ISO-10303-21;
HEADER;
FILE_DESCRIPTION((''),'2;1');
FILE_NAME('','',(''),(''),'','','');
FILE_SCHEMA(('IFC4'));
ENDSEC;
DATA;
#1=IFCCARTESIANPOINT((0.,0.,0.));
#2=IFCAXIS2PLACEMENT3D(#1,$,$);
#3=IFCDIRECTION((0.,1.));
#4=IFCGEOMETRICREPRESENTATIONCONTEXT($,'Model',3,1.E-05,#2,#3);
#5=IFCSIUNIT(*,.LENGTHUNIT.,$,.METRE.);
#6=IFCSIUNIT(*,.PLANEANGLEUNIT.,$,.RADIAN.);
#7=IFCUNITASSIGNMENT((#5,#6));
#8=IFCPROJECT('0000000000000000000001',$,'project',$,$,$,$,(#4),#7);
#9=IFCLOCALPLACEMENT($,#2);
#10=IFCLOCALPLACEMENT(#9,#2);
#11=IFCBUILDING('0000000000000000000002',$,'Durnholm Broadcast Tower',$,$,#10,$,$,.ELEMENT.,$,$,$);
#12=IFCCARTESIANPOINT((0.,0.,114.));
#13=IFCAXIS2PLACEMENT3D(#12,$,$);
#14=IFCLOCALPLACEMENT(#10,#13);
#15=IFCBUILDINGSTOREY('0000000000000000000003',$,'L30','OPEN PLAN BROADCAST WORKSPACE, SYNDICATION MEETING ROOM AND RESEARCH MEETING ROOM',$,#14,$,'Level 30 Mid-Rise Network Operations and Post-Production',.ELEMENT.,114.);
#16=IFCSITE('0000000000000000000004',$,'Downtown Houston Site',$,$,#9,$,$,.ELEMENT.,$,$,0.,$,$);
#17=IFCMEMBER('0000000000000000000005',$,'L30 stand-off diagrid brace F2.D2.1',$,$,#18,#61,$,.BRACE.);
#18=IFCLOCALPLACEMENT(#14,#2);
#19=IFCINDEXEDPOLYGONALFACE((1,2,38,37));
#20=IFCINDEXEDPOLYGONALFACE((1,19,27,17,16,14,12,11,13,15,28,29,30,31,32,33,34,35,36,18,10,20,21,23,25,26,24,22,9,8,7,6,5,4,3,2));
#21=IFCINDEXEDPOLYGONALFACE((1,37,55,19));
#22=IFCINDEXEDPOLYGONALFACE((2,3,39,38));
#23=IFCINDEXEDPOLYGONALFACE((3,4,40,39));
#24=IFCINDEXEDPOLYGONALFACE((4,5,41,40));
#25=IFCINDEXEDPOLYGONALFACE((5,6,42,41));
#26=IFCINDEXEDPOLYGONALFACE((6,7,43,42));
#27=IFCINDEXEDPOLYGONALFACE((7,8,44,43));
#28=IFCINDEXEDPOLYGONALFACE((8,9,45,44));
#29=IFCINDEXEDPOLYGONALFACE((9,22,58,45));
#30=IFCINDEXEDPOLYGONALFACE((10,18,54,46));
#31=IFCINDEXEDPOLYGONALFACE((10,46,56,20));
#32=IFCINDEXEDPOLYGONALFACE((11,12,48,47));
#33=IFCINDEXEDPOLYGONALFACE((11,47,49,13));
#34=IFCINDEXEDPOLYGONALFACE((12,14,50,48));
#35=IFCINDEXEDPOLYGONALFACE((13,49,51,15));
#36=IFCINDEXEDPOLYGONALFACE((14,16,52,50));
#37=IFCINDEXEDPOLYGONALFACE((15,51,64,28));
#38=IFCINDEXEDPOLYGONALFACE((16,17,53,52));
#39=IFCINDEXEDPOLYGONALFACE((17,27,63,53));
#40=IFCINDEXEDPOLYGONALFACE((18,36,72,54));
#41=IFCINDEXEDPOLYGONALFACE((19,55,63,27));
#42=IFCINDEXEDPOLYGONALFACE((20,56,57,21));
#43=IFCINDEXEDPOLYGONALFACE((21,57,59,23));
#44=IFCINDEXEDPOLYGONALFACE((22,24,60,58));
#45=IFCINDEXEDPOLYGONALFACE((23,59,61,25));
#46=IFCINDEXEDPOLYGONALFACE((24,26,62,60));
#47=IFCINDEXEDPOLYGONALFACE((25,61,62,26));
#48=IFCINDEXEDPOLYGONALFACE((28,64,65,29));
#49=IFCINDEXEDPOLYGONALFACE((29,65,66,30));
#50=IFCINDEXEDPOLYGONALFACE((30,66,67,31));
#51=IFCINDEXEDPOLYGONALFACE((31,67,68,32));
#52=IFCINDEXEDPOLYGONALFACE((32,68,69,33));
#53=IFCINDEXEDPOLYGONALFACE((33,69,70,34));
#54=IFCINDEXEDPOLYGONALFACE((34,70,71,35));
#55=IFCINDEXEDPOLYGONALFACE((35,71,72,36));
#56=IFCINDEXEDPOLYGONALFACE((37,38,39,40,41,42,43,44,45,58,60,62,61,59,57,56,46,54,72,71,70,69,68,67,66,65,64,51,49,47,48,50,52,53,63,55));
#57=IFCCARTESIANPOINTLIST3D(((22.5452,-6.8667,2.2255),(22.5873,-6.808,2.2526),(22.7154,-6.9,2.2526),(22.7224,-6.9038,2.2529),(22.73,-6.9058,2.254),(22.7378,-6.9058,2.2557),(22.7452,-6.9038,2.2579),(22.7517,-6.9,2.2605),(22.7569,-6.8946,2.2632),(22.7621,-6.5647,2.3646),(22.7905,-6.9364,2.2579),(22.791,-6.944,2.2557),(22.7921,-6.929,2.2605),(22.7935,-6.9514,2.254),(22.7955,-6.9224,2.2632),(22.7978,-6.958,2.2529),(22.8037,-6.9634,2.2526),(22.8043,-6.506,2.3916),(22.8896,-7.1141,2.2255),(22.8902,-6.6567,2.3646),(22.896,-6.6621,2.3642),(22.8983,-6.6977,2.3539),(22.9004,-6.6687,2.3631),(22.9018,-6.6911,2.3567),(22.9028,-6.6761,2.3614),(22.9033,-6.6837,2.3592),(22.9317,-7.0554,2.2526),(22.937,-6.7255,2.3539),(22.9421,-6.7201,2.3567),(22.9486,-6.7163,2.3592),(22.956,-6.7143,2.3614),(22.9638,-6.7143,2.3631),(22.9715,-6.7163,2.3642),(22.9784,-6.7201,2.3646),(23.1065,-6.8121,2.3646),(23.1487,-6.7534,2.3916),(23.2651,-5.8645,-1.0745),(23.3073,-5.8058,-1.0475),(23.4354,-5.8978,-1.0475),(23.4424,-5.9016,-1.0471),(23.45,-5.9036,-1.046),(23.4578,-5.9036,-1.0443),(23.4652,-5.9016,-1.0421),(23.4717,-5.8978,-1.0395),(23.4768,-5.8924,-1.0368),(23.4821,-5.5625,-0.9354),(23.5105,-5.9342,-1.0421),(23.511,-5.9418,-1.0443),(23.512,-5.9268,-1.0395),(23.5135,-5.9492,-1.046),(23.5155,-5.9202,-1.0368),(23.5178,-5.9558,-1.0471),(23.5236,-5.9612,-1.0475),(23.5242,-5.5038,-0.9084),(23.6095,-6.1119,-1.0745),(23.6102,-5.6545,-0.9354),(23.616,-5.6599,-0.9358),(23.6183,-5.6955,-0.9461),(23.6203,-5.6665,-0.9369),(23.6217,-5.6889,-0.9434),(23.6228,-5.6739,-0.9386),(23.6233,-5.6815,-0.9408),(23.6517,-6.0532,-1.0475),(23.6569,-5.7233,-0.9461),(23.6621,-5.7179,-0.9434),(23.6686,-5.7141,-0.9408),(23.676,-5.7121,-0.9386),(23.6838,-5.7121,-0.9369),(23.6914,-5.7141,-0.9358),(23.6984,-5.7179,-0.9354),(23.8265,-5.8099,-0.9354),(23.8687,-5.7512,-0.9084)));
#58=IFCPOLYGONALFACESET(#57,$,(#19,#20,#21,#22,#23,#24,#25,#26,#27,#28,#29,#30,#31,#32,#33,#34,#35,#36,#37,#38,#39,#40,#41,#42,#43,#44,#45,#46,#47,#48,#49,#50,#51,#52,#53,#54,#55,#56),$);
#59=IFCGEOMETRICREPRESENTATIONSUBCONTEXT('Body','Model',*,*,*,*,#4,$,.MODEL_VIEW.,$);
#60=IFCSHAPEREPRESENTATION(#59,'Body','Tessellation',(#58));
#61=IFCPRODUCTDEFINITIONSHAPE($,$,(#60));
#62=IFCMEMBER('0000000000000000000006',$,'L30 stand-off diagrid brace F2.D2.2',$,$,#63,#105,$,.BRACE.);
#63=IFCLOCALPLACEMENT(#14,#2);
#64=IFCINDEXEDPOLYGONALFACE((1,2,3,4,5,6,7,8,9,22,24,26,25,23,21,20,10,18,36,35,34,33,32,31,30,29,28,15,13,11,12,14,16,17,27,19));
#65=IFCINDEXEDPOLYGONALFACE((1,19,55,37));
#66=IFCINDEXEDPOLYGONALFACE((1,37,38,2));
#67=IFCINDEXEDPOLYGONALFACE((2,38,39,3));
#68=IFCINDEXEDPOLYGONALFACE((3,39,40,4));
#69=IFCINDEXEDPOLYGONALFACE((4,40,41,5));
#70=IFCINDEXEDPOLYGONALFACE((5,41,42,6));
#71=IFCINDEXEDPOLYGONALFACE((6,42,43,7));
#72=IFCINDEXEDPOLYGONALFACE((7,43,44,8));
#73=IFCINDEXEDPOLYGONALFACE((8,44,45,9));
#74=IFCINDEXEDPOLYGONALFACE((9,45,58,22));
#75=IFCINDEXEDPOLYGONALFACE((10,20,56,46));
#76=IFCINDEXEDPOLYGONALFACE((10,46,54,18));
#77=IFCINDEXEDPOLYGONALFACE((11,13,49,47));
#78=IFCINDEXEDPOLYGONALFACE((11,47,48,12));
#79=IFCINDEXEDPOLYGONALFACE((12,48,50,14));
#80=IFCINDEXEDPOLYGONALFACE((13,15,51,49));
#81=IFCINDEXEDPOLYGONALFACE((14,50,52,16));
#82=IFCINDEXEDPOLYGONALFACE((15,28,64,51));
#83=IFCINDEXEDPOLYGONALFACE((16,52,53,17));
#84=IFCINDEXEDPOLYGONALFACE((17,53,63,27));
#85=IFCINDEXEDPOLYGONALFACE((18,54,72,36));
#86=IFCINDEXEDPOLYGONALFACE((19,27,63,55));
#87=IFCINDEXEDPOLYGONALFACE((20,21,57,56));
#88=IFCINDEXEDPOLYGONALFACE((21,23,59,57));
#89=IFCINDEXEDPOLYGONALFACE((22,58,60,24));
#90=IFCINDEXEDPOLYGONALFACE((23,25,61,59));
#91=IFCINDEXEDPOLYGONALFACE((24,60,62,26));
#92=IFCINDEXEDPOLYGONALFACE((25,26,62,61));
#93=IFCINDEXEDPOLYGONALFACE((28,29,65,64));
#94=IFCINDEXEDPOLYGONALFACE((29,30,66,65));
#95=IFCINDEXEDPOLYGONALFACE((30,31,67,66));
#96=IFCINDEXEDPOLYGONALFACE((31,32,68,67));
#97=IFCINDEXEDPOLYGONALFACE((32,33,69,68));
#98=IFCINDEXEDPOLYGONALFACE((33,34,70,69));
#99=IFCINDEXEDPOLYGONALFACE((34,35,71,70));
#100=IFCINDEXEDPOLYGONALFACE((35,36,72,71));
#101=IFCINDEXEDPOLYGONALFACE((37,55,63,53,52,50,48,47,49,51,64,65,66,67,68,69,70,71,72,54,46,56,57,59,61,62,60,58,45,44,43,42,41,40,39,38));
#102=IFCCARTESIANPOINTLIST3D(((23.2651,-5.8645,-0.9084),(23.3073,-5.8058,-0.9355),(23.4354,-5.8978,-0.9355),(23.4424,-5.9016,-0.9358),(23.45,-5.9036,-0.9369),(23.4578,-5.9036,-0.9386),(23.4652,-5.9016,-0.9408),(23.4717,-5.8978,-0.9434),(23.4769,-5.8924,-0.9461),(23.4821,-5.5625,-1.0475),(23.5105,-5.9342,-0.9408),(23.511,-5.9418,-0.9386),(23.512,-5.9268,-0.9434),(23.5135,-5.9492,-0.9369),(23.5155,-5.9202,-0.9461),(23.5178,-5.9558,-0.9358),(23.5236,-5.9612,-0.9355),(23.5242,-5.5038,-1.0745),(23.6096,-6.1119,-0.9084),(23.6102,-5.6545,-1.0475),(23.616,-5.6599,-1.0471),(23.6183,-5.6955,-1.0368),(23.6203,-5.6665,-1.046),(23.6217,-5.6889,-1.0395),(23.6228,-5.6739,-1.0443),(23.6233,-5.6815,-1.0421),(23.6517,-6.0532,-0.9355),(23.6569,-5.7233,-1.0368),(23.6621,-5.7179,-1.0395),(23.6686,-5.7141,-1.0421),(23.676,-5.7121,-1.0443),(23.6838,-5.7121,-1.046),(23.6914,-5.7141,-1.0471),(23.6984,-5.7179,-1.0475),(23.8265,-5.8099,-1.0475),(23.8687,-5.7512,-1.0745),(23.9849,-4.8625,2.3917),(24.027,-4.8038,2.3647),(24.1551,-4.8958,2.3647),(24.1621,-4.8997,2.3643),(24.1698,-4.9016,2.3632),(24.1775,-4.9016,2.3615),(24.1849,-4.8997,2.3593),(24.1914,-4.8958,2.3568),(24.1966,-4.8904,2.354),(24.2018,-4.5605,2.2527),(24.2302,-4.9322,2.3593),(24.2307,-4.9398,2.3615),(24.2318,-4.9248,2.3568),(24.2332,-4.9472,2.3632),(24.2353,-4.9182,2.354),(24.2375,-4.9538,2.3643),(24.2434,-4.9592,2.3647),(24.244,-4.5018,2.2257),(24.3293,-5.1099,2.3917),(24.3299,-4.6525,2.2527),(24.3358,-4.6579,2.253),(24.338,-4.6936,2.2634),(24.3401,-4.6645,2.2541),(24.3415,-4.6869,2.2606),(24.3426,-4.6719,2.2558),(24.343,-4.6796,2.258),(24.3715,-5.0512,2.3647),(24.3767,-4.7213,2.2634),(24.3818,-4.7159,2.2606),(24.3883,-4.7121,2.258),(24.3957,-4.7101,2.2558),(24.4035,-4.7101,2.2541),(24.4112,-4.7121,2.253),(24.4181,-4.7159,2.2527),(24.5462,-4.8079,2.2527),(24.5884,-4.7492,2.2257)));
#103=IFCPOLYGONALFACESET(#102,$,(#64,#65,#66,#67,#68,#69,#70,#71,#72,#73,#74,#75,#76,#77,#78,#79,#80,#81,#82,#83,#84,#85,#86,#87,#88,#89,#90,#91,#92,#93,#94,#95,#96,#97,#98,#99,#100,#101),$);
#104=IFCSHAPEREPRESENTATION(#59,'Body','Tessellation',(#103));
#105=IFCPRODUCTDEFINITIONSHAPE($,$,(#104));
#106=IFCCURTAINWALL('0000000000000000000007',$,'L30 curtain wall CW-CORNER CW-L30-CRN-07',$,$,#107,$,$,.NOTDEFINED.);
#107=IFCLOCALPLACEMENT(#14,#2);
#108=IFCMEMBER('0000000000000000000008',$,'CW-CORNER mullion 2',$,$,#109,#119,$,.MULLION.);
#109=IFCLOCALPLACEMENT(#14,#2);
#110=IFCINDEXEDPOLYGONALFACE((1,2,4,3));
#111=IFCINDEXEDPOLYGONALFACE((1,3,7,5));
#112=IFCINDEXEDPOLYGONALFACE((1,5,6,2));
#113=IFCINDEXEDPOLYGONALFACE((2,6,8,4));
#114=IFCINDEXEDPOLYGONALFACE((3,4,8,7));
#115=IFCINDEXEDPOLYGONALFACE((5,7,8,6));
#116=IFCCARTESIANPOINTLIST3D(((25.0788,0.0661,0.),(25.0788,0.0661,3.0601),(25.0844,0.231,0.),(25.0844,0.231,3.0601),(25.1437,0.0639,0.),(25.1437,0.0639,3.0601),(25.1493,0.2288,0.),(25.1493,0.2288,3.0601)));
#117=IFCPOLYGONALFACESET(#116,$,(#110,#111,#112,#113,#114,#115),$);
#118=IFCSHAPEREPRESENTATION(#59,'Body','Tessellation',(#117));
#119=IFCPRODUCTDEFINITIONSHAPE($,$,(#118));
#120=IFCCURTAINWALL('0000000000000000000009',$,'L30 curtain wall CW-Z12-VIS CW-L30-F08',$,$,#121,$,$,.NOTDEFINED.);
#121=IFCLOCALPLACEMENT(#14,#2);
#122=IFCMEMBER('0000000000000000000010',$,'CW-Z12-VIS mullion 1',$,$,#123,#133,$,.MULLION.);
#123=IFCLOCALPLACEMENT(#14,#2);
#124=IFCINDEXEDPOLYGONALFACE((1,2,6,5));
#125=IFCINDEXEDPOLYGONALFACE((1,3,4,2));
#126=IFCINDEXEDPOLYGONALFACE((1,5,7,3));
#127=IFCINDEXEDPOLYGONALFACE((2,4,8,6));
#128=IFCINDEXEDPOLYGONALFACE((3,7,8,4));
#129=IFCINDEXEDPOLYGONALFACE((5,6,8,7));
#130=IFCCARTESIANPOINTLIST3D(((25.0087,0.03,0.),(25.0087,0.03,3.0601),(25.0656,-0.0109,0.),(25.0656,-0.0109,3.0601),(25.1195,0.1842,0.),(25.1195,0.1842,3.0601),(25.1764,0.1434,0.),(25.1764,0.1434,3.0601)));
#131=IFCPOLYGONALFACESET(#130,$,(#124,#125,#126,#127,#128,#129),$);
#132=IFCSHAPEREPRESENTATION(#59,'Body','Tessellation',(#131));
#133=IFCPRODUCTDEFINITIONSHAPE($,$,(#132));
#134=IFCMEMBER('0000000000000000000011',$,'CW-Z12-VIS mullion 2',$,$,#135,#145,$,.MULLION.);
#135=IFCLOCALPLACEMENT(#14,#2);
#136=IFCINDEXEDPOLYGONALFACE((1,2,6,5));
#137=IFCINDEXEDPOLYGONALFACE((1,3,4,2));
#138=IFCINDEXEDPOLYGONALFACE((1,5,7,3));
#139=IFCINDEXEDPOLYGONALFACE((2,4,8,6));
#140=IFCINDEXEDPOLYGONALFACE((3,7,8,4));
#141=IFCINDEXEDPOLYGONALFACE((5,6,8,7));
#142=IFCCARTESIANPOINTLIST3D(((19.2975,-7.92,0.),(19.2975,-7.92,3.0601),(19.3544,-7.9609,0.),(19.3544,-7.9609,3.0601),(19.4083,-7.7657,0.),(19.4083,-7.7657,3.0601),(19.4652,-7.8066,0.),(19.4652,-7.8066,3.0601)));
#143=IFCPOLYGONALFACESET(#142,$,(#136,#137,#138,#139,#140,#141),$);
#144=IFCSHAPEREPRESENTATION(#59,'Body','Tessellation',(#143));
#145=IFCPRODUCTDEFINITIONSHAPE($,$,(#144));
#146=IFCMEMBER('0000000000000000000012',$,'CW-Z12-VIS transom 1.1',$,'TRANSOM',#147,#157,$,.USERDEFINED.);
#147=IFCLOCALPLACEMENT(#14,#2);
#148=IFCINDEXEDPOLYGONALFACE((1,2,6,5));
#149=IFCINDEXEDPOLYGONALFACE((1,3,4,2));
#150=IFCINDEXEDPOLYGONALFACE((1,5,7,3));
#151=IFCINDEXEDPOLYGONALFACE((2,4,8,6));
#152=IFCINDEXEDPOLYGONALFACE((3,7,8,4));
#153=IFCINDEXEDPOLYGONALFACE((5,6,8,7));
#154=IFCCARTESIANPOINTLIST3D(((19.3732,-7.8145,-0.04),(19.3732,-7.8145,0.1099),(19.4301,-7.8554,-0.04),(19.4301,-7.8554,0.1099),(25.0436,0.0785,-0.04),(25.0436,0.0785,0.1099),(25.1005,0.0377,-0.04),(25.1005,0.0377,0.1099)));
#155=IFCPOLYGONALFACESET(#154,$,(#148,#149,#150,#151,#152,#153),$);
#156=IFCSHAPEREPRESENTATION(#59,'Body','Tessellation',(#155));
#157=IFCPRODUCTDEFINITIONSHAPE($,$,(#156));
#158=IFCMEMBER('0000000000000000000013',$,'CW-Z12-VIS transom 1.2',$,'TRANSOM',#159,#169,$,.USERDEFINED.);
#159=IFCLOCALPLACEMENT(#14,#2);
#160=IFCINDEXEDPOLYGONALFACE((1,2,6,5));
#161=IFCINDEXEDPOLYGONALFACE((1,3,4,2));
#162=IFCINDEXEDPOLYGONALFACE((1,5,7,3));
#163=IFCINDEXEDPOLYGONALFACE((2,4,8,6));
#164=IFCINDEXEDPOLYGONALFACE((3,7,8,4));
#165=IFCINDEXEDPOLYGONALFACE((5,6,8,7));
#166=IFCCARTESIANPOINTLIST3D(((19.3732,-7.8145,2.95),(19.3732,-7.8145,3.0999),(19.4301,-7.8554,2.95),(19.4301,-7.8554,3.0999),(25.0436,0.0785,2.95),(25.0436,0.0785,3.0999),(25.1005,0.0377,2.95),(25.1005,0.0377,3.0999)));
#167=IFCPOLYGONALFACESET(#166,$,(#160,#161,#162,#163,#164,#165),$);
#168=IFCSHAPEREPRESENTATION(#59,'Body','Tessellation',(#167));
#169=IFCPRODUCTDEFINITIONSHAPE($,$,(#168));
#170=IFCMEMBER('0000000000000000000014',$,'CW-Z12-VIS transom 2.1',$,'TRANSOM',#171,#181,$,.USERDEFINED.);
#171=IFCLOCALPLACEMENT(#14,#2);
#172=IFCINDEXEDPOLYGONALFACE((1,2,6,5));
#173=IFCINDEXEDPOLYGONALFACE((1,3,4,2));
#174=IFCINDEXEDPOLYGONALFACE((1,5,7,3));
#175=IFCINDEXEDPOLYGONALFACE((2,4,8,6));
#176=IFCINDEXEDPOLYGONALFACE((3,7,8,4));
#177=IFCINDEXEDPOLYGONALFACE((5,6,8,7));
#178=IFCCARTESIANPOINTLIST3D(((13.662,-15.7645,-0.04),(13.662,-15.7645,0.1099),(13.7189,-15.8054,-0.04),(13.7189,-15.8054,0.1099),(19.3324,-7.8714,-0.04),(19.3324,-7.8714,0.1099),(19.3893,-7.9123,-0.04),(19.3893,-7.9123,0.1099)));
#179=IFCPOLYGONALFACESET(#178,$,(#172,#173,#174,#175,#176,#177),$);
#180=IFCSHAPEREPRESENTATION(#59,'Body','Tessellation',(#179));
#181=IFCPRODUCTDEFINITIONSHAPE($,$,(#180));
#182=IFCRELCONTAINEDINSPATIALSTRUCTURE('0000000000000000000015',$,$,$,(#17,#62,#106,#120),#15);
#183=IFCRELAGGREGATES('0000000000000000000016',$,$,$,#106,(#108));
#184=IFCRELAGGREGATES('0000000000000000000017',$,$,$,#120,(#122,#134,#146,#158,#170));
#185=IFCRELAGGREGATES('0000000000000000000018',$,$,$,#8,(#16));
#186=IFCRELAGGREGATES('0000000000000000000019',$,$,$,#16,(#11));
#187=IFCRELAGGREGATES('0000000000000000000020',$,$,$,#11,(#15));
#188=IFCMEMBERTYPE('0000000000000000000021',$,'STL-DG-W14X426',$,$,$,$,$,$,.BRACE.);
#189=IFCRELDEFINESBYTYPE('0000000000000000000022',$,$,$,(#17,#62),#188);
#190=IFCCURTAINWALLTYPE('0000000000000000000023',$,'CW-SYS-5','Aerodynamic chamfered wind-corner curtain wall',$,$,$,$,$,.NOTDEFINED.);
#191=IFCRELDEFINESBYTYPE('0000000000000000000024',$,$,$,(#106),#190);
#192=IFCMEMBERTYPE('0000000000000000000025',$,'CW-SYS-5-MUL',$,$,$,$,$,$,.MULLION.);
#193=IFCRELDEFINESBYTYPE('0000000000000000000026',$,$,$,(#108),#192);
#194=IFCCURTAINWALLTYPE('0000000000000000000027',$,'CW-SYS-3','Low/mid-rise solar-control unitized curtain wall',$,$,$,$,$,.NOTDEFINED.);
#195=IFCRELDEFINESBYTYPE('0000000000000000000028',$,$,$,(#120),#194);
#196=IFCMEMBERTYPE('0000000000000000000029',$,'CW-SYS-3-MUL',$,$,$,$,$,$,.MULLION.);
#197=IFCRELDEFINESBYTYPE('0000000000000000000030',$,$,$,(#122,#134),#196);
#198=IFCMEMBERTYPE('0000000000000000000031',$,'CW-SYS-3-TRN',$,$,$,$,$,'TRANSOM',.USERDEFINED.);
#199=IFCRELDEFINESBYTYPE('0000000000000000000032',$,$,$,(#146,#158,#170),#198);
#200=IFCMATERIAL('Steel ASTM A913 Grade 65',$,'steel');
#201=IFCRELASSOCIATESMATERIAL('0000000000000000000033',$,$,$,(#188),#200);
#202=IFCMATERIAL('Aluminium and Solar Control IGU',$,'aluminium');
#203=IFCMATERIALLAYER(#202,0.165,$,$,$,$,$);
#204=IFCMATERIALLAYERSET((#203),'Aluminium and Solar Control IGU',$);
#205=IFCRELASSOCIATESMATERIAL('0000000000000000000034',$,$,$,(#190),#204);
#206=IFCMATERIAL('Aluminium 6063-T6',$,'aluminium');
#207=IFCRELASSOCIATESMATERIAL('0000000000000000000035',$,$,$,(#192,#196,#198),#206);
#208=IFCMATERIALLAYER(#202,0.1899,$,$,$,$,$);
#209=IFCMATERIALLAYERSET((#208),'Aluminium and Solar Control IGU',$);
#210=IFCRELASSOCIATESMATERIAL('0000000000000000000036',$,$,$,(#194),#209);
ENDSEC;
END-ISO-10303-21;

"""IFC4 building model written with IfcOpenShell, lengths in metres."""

from ifc_helpers import new_model, si_unit, direction, frame, origin, origin_2d, place, context, subcontext, project, spatial, rectangle, i_section, extrude, source, transform, mapped, material, layer, layer_set, material_profile, profile_set, type_object, type_shapes, element, aggregate, save


model = new_model("IFC4")

# Units and contexts
model_context = context("Model", 3, precision=1e-05, world=origin(), true_north=direction((0.0, 1.0)))
body_context = subcontext(model_context, "Body", "Model", "MODEL_VIEW")
ifc_project = project(units=[si_unit("LENGTHUNIT", "METRE"), si_unit("PLANEANGLEUNIT", "RADIAN")], contexts=[model_context])

# Site, building, storey
site_placement = place(None, origin())
site = spatial("IfcSite", under=ifc_project, at=site_placement, Name="Downtown Houston Site", CompositionType="ELEMENT", RefElevation=0.0)
building_placement = place(site_placement, origin())
building = spatial("IfcBuilding", under=site, at=building_placement, Name="Durnholm Broadcast Tower", CompositionType="ELEMENT")
storey_placement = place(building_placement, frame((0.0, 0.0, 114.0)))
storey = spatial("IfcBuildingStorey", under=building, at=storey_placement, Name="L30", Description="OPEN PLAN BROADCAST WORKSPACE, SYNDICATION MEETING ROOM AND RESEARCH MEETING ROOM", LongName="Level 30 Mid-Rise Network Operations and Post-Production", CompositionType="ELEMENT", Elevation=114.0)

# Members
ifc_material_1 = material(Name="Steel ASTM A913 Grade 65", Category="steel")
ifc_material_profile_1 = material_profile(ifc_material_1, i_section(OverallWidth=0.4241, OverallDepth=0.4741, WebThickness=0.0476, FlangeThickness=0.0771, FilletRadius=0.0305, at=origin_2d()), Name="W14X426")
ifc_profile_set_1 = profile_set([ifc_material_profile_1], Name="Steel ASTM A913 Grade 65")
member_type_1 = type_object("IfcMemberType", Name="STL-DG-W14X426", PredefinedType="BRACE", material=ifc_profile_set_1)
shared_shape_1 = source(origin(), body_context, "Body", "SweptSolid", [
    extrude(i_section(OverallWidth=0.4241, OverallDepth=0.4741, WebThickness=0.0476, FlangeThickness=0.0771, FilletRadius=0.0305, at=origin_2d()), origin(), (0.0, 0.0, 1.0), 3.5232),
])
type_shapes(member_type_1, [shared_shape_1])
for number, where, z_axis, x_axis, name in (
    (1, (23.5669, -5.8079, -0.9915), (-0.20435, -0.284455, 0.936657), (0.812153, -0.583444, 0.0), "L30 stand-off diagrid brace F2.D2.1"),
    (2, (23.5669, -5.8079, -0.9915), (0.204288, 0.284395, 0.936689), (-0.812179, 0.583408, 0.0), "L30 stand-off diagrid brace F2.D2.2"),
):
    element("IfcMember", number, at=place(storey_placement, frame(where, z_axis=z_axis, x_axis=x_axis)), inside=storey, type_object=member_type_1, Name=name, PredefinedType="BRACE", context=body_context, shape_type="MappedRepresentation", body=[
        mapped(shared_shape_1, transform((0.0, 0.0, 0.0), x_axis=(1.0, 0.0, 0.0), y_axis=(0.0, 1.0, 0.0), z_axis=(0.0, 0.0, 1.0), scale=1.0)),
    ])

# Curtain wall, member
ifc_material_2 = material(Name="Aluminium and Solar Control IGU", Category="aluminium")
ifc_layer_1 = layer(ifc_material_2, 0.165)
ifc_layer_set_1 = layer_set([ifc_layer_1], Name="Aluminium and Solar Control IGU")
curtain_wall_type_1 = type_object("IfcCurtainWallType", Name="CW-SYS-5", Description="Aerodynamic chamfered wind-corner curtain wall", PredefinedType="NOTDEFINED", material=ifc_layer_set_1)
curtain_wall_1_placement = place(storey_placement, origin())
curtain_wall_1 = element("IfcCurtainWall", 3, at=curtain_wall_1_placement, inside=storey, type_object=curtain_wall_type_1, Name="L30 curtain wall CW-CORNER CW-L30-CRN-07", PredefinedType="NOTDEFINED")
ifc_material_3 = material(Name="Aluminium 6063-T6", Category="aluminium")
ifc_material_profile_2 = material_profile(ifc_material_3, rectangle(XDim=0.0649, YDim=0.165, at=origin_2d()), Name="CWM65X165")
ifc_profile_set_2 = profile_set([ifc_material_profile_2], Name="Aluminium 6063-T6")
member_type_2 = type_object("IfcMemberType", Name="CW-SYS-5-MUL", PredefinedType="MULLION", material=ifc_profile_set_2)
shared_shape_2 = source(origin(), body_context, "Body", "SweptSolid", [
    extrude(rectangle(XDim=0.0649, YDim=0.165, at=origin_2d()), origin(), (0.0, 0.0, 1.0), 3.0601),
])
type_shapes(member_type_2, [shared_shape_2])
member_1_placement = place(storey_placement, frame((25.114, 0.1475, 0.0), z_axis=(0.0, 0.0, 1.0), x_axis=(0.999425, -0.033917, 0.0)))
member_1 = element("IfcMember", 4, at=member_1_placement, type_object=member_type_2, Name="CW-CORNER mullion 2", PredefinedType="MULLION", context=body_context, shape_type="MappedRepresentation", body=[
    mapped(shared_shape_2, transform((0.0, 0.0, 0.0), x_axis=(1.0, 0.0, 0.0), y_axis=(0.0, 1.0, 0.0), z_axis=(0.0, 0.0, 1.0), scale=1.0)),
])
aggregate(curtain_wall_1, [member_1])

# Curtain wall, members
ifc_layer_2 = layer(ifc_material_2, 0.1899)
ifc_layer_set_2 = layer_set([ifc_layer_2], Name="Aluminium and Solar Control IGU")
curtain_wall_type_2 = type_object("IfcCurtainWallType", Name="CW-SYS-3", Description="Low/mid-rise solar-control unitized curtain wall", PredefinedType="NOTDEFINED", material=ifc_layer_set_2)
curtain_wall_2_placement = place(storey_placement, origin())
curtain_wall_2 = element("IfcCurtainWall", 5, at=curtain_wall_2_placement, inside=storey, type_object=curtain_wall_type_2, Name="L30 curtain wall CW-Z12-VIS CW-L30-F08", PredefinedType="NOTDEFINED")
ifc_material_profile_3 = material_profile(ifc_material_3, rectangle(XDim=0.0701, YDim=0.1899, at=origin_2d()), Name="CWM70X190")
ifc_profile_set_3 = profile_set([ifc_material_profile_3], Name="Aluminium 6063-T6")
member_type_3 = type_object("IfcMemberType", Name="CW-SYS-3-MUL", PredefinedType="MULLION", material=ifc_profile_set_3)
shared_shape_3 = source(origin(), body_context, "Body", "SweptSolid", [
    extrude(rectangle(XDim=0.0701, YDim=0.1899, at=origin_2d()), origin(), (0.0, 0.0, 1.0), 3.0601),
])
type_shapes(member_type_3, [shared_shape_3])
member_2_placement = place(storey_placement, frame((25.0925, 0.0867, 0.0), z_axis=(0.0, 0.0, 1.0), x_axis=(0.812152, -0.583445, 0.0)))
member_2 = element("IfcMember", 6, at=member_2_placement, type_object=member_type_3, Name="CW-Z12-VIS mullion 1", PredefinedType="MULLION", context=body_context, shape_type="MappedRepresentation", body=[
    mapped(shared_shape_3, transform((0.0, 0.0, 0.0), x_axis=(1.0, 0.0, 0.0), y_axis=(0.0, 1.0, 0.0), z_axis=(0.0, 0.0, 1.0), scale=1.0)),
])
member_3_placement = place(storey_placement, frame((19.3813, -7.8633, 0.0), z_axis=(0.0, 0.0, 1.0), x_axis=(0.812152, -0.583445, 0.0)))
member_3 = element("IfcMember", 7, at=member_3_placement, type_object=member_type_3, Name="CW-Z12-VIS mullion 2", PredefinedType="MULLION", context=body_context, shape_type="MappedRepresentation", body=[
    mapped(shared_shape_3, transform((0.0, 0.0, 0.0), x_axis=(1.0, 0.0, 0.0), y_axis=(0.0, 1.0, 0.0), z_axis=(0.0, 0.0, 1.0), scale=1.0)),
])
ifc_material_profile_4 = material_profile(ifc_material_3, rectangle(XDim=0.0701, YDim=0.1499, at=origin_2d()), Name="CWT70X150")
ifc_profile_set_4 = profile_set([ifc_material_profile_4], Name="Aluminium 6063-T6")
member_type_4 = type_object("IfcMemberType", Name="CW-SYS-3-TRN", ElementType="TRANSOM", PredefinedType="USERDEFINED", material=ifc_profile_set_4)
shared_shape_4 = source(origin(), body_context, "Body", "SweptSolid", [
    extrude(rectangle(XDim=0.0701, YDim=0.1499, at=origin_2d()), origin(), (0.0, 0.0, 1.0), 9.7188),
])
type_shapes(member_type_4, [shared_shape_4])
member_4_placement = place(storey_placement, frame((25.072, 0.0581, 0.0349), z_axis=(-0.583451, -0.812149, 0.0), x_axis=(0.812149, -0.583451, 0.0)))
member_4 = element("IfcMember", 8, at=member_4_placement, type_object=member_type_4, Name="CW-Z12-VIS transom 1.1", ObjectType="TRANSOM", PredefinedType="USERDEFINED", context=body_context, shape_type="MappedRepresentation", body=[
    mapped(shared_shape_4, transform((0.0, 0.0, 0.0), x_axis=(1.0, 0.0, 0.0), y_axis=(0.0, 1.0, 0.0), z_axis=(0.0, 0.0, 1.0), scale=1.0)),
])
member_5_placement = place(storey_placement, frame((25.072, 0.0581, 3.0249), z_axis=(-0.583451, -0.812149, 0.0), x_axis=(0.812149, -0.583451, 0.0)))
member_5 = element("IfcMember", 9, at=member_5_placement, type_object=member_type_4, Name="CW-Z12-VIS transom 1.2", ObjectType="TRANSOM", PredefinedType="USERDEFINED", context=body_context, shape_type="MappedRepresentation", body=[
    mapped(shared_shape_4, transform((0.0, 0.0, 0.0), x_axis=(1.0, 0.0, 0.0), y_axis=(0.0, 1.0, 0.0), z_axis=(0.0, 0.0, 1.0), scale=1.0)),
])
member_6_placement = place(storey_placement, frame((19.3608, -7.8918, 0.0349), z_axis=(-0.583451, -0.812149, 0.0), x_axis=(0.812149, -0.583451, 0.0)))
member_6 = element("IfcMember", 10, at=member_6_placement, type_object=member_type_4, Name="CW-Z12-VIS transom 2.1", ObjectType="TRANSOM", PredefinedType="USERDEFINED", context=body_context, shape_type="MappedRepresentation", body=[
    mapped(shared_shape_4, transform((0.0, 0.0, 0.0), x_axis=(1.0, 0.0, 0.0), y_axis=(0.0, 1.0, 0.0), z_axis=(0.0, 0.0, 1.0), scale=1.0)),
])
aggregate(curtain_wall_2, [member_2, member_3, member_4, member_5, member_6])

save(model, "model.ifc")
